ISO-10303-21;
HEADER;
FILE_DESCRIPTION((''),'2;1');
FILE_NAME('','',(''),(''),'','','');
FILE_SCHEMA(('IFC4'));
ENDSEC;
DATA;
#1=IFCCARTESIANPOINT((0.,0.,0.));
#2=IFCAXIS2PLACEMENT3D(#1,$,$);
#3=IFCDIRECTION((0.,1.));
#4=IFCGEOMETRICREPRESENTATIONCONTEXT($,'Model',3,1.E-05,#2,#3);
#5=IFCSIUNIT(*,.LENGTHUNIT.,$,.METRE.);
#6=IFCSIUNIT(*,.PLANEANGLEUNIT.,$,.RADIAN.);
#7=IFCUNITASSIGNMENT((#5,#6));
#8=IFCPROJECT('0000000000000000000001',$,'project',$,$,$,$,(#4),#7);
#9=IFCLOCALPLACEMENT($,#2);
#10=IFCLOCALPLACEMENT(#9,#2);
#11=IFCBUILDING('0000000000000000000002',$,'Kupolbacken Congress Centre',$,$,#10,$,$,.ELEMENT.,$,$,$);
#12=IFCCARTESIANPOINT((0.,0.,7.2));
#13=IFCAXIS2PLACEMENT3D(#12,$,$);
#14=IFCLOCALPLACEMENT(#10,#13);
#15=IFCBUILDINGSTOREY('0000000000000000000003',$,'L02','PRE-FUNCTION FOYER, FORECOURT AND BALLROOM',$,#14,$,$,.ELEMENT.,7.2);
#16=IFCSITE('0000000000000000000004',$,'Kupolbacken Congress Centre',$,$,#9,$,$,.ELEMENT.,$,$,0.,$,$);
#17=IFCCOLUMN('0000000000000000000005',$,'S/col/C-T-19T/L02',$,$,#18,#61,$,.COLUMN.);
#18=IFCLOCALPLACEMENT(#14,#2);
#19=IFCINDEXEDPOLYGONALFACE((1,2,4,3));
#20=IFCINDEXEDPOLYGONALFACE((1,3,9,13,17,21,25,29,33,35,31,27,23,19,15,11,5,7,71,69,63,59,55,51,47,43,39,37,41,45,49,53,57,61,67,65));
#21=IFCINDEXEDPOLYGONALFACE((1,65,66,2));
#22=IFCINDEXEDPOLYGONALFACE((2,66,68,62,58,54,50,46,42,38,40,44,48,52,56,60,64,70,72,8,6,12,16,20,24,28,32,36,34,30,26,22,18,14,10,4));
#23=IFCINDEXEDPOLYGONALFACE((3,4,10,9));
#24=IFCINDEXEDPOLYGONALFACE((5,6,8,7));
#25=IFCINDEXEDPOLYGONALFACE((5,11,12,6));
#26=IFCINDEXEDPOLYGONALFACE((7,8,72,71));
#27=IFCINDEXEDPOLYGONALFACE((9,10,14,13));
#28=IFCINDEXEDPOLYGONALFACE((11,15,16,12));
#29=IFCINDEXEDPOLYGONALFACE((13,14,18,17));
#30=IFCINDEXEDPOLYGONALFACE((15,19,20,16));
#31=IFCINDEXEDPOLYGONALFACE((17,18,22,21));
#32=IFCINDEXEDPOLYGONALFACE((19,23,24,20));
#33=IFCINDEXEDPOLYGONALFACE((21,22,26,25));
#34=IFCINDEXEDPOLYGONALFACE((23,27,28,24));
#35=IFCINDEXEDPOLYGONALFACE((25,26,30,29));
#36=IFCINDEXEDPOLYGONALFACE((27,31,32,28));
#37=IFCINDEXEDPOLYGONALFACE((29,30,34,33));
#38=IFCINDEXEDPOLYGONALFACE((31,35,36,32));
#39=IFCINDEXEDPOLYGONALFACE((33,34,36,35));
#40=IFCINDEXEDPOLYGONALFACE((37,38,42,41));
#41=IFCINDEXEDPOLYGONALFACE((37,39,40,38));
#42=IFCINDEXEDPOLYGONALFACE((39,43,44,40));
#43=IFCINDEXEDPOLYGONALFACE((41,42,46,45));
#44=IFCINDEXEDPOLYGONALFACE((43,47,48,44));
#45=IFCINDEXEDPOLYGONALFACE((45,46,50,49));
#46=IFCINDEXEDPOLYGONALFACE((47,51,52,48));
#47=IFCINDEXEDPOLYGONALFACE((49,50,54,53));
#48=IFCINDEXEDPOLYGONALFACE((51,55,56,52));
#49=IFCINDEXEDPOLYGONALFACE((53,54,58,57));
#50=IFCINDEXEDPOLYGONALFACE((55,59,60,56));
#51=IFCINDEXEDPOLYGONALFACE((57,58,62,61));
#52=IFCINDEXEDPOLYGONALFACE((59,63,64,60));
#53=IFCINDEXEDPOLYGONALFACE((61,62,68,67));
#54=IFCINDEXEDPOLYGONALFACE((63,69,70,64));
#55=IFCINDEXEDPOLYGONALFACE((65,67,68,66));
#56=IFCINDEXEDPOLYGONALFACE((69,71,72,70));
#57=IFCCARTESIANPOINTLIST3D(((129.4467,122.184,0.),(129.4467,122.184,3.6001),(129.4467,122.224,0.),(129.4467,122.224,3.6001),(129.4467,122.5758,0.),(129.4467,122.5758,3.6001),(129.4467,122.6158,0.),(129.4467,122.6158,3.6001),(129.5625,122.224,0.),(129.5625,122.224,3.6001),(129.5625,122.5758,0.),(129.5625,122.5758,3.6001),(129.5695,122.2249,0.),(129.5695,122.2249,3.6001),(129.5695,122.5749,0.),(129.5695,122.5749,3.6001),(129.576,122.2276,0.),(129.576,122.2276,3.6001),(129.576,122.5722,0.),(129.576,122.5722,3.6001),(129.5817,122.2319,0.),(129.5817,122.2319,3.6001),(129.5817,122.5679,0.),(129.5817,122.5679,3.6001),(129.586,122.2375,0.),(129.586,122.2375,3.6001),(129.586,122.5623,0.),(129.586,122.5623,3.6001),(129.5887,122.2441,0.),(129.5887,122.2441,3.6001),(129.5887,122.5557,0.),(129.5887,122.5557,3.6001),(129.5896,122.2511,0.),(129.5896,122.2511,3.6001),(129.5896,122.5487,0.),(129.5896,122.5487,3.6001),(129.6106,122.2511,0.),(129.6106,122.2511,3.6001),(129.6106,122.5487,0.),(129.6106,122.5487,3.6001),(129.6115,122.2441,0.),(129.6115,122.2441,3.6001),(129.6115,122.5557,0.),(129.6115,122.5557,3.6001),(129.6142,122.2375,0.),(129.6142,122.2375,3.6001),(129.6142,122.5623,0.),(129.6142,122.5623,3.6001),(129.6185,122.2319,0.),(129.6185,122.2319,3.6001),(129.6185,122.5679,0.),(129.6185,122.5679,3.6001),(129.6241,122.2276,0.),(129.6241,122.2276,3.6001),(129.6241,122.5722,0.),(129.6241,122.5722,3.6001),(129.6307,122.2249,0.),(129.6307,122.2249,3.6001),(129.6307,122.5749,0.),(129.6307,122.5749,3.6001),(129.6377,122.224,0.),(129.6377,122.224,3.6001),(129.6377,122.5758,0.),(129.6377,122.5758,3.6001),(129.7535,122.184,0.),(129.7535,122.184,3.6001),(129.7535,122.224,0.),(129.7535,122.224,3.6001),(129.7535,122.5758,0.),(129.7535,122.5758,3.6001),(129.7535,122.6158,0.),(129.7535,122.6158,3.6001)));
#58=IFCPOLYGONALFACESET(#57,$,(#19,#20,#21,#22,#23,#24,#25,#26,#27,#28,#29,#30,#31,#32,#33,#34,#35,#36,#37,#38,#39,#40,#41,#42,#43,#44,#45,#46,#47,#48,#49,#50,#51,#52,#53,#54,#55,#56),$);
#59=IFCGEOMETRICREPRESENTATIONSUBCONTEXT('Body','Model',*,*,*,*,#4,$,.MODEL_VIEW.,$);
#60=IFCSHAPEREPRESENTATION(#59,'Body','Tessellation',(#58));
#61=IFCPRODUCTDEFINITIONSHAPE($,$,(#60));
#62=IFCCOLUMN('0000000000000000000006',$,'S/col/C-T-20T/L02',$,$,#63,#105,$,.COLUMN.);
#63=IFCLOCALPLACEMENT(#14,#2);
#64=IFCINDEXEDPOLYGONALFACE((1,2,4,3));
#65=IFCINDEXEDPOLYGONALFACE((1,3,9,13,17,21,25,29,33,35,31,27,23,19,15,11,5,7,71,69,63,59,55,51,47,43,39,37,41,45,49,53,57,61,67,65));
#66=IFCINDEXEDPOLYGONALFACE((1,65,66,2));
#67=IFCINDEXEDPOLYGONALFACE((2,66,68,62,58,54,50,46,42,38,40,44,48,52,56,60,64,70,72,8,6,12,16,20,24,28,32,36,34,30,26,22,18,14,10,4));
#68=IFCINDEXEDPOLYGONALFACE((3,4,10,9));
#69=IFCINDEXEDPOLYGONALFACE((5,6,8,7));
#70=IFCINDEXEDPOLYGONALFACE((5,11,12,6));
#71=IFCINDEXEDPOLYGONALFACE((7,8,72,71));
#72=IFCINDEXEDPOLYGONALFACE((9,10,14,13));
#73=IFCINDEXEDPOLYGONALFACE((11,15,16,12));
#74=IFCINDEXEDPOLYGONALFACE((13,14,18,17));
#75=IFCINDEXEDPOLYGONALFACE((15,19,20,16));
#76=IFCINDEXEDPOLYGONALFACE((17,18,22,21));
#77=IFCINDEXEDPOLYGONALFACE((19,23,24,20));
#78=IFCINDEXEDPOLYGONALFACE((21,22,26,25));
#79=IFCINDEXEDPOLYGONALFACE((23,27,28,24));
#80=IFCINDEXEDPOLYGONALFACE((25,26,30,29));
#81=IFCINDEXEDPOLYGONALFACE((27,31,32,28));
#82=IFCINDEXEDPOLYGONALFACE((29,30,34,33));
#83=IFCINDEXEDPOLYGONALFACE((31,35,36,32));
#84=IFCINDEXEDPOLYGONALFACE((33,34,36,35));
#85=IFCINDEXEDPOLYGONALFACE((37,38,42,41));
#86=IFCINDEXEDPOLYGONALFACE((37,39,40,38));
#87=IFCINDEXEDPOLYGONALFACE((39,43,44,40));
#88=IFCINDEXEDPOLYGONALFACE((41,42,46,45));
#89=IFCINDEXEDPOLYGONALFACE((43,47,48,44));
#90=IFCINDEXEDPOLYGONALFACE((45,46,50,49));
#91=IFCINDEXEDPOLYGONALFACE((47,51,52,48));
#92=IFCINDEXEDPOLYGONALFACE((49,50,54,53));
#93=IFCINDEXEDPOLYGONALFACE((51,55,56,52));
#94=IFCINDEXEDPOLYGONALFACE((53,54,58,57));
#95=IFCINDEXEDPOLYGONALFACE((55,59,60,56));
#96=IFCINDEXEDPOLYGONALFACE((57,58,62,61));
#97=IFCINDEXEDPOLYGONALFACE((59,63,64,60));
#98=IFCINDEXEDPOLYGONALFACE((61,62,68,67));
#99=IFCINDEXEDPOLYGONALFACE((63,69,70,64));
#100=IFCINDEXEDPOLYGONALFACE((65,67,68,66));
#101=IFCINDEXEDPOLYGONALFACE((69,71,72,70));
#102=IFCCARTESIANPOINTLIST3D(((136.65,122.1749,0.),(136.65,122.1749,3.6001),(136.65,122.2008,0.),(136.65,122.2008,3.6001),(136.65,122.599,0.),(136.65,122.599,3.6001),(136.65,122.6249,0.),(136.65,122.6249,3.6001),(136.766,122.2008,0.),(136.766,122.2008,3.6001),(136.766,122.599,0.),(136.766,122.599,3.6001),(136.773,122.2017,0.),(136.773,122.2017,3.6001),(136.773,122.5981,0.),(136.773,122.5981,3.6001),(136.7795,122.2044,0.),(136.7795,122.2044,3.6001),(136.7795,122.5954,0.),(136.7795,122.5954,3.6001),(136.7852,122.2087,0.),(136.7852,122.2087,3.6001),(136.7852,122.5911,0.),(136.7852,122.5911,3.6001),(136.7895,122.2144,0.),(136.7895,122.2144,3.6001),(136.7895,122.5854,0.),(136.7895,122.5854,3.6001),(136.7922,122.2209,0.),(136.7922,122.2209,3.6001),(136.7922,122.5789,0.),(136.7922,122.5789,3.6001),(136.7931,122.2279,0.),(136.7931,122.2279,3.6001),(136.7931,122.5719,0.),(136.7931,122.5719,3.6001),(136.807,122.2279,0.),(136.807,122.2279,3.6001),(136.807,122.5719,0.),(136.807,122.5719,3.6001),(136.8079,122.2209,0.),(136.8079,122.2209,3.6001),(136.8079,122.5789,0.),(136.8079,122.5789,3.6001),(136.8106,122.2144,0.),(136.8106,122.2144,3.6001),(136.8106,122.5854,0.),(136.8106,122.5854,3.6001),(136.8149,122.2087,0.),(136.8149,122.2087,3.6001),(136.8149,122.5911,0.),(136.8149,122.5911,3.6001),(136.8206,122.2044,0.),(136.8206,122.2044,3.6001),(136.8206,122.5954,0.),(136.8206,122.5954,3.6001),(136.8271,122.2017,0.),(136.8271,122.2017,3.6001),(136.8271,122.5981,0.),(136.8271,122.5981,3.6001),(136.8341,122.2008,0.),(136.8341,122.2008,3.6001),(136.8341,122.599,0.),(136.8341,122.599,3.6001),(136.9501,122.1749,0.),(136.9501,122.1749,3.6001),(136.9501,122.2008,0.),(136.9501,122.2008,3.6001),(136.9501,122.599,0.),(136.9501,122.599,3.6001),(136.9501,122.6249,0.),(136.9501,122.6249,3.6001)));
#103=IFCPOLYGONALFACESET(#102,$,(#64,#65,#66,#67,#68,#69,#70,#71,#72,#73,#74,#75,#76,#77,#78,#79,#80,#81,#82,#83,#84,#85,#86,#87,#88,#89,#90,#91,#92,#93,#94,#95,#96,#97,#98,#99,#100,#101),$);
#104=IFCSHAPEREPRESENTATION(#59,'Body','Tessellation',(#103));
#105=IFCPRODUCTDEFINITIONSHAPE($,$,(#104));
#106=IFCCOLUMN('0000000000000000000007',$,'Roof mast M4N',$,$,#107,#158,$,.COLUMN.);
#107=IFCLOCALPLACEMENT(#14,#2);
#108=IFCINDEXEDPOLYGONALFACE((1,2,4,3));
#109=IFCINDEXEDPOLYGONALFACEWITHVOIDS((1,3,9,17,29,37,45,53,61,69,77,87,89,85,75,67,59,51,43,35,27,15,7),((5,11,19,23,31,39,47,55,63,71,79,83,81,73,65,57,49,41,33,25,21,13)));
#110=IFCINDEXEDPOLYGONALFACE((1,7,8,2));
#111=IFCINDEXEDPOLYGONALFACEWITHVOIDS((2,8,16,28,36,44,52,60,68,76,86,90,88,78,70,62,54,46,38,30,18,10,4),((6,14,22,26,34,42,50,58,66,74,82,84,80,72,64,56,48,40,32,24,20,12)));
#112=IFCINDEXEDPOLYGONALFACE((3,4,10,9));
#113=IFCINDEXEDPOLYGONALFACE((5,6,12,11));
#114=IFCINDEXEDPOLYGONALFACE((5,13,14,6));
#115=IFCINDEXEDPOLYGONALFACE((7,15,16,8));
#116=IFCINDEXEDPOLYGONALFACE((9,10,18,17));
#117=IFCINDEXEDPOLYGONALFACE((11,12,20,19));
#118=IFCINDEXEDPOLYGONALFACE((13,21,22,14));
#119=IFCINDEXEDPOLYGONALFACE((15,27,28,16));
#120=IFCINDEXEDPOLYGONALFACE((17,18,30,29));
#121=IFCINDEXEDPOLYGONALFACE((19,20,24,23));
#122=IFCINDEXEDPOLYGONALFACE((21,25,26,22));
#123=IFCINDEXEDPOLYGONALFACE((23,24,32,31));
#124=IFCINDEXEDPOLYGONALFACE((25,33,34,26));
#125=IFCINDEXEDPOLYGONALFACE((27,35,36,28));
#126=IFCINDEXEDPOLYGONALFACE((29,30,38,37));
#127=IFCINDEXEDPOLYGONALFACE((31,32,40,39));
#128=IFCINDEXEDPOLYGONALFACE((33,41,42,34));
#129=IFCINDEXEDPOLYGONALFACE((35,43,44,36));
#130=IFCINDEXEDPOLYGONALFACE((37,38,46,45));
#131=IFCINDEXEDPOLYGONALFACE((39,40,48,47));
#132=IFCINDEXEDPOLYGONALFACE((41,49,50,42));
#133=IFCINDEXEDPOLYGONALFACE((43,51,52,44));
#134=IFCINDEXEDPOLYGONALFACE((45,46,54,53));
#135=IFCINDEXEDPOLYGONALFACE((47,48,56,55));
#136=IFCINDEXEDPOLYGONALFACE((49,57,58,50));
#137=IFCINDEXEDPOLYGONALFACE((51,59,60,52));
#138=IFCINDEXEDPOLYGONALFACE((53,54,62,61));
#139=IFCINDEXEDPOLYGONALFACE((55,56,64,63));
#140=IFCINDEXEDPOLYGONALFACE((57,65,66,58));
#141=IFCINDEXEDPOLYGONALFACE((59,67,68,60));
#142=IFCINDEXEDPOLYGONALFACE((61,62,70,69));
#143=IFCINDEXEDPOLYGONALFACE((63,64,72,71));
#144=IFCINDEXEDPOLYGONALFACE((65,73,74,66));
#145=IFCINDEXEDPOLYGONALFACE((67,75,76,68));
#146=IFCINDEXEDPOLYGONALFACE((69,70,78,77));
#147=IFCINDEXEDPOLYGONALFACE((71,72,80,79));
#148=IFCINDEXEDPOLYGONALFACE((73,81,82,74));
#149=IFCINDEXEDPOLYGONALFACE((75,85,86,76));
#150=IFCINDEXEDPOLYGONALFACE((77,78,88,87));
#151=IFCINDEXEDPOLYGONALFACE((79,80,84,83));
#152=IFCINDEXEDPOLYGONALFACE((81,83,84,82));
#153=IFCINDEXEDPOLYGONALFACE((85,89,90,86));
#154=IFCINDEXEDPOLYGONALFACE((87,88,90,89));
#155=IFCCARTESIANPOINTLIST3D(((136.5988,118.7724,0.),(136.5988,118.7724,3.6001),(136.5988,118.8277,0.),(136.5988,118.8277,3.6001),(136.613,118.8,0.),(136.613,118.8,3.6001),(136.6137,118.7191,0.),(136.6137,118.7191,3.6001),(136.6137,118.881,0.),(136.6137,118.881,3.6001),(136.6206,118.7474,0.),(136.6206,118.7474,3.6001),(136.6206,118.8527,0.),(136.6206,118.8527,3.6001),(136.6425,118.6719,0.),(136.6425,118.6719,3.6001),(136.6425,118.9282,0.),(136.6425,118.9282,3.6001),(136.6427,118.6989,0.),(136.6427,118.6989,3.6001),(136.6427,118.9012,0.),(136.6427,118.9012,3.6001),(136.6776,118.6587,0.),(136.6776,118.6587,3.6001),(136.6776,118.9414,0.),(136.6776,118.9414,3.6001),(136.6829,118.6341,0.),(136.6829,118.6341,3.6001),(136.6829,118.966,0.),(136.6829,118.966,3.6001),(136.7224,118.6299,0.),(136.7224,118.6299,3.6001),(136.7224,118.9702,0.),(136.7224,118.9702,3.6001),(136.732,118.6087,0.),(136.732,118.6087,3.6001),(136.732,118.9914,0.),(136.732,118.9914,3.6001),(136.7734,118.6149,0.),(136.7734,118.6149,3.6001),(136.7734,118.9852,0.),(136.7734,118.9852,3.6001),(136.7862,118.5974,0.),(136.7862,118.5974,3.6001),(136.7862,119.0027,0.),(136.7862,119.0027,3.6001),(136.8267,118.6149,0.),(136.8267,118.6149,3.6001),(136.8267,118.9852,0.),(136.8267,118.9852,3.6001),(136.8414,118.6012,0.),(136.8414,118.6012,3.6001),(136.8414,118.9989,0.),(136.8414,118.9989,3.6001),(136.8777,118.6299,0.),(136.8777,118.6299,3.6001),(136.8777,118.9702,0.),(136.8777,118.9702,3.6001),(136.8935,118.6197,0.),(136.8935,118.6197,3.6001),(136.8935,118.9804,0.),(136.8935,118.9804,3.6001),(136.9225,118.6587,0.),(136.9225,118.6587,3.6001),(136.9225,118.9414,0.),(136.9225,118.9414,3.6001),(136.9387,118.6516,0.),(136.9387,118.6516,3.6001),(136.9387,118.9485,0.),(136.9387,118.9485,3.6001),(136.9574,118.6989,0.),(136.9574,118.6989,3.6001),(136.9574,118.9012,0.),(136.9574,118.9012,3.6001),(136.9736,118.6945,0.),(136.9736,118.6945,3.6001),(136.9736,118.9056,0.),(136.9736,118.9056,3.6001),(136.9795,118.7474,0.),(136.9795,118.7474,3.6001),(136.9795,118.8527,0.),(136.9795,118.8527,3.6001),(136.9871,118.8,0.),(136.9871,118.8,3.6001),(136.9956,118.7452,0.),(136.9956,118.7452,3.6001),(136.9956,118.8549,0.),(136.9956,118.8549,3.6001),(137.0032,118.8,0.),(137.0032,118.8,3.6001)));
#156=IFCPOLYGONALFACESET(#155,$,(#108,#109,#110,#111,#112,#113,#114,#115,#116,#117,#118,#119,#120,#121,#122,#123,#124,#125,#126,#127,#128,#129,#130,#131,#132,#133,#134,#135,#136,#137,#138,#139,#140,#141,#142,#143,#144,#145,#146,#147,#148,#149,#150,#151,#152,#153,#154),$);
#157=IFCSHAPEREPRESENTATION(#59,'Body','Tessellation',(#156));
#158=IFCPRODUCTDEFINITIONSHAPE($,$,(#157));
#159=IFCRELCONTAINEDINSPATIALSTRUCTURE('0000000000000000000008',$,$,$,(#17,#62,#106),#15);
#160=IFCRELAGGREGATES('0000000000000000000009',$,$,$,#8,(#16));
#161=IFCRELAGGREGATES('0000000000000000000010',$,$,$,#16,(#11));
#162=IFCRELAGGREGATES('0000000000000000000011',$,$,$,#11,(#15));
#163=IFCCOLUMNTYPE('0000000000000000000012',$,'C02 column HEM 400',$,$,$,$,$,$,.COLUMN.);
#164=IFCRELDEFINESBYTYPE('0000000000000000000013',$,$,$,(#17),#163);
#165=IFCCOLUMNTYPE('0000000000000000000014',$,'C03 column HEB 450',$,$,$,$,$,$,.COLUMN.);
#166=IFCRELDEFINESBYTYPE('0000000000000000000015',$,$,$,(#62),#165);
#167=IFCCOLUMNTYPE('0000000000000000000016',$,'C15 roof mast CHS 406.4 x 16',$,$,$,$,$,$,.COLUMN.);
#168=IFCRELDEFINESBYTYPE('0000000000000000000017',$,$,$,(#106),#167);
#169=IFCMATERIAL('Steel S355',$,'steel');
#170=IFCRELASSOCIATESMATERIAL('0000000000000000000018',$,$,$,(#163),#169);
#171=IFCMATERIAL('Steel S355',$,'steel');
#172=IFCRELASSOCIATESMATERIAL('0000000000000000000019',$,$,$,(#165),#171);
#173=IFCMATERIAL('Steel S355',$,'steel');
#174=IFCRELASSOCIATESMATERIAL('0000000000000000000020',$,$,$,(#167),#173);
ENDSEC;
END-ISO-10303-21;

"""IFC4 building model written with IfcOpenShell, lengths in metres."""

from ifc_helpers import new_model, si_unit, direction, frame, origin, origin_2d, place, context, subcontext, project, spatial, hollow_circle, i_section, extrude, material, material_profile, profile_set, type_object, element, save


model = new_model("IFC4")

# Units and contexts
model_context = context("Model", 3, precision=1e-05, world=origin(), true_north=direction((0.0, 1.0)))
body_context = subcontext(model_context, "Body", "Model", "MODEL_VIEW")
ifc_project = project(units=[si_unit("LENGTHUNIT", "METRE"), si_unit("PLANEANGLEUNIT", "RADIAN")], contexts=[model_context])

# Site, building, storey
site_placement = place(None, origin())
site = spatial("IfcSite", under=ifc_project, at=site_placement, Name="Kupolbacken Congress Centre", CompositionType="ELEMENT", RefElevation=0.0)
building_placement = place(site_placement, origin())
building = spatial("IfcBuilding", under=site, at=building_placement, Name="Kupolbacken Congress Centre", CompositionType="ELEMENT")
storey_placement = place(building_placement, frame((0.0, 0.0, 7.2)))
storey = spatial("IfcBuildingStorey", under=building, at=storey_placement, Name="L02", Description="PRE-FUNCTION FOYER, FORECOURT AND BALLROOM", CompositionType="ELEMENT", Elevation=7.2)

# Columns
ifc_material_1 = material(Name="Steel S355", Category="steel")
ifc_material_profile_1 = material_profile(ifc_material_1, i_section(OverallWidth=0.3069, OverallDepth=0.4319, WebThickness=0.021, FlangeThickness=0.04, FilletRadius=0.0271, at=origin_2d()), Name="HEM 400")
ifc_profile_set_1 = profile_set([ifc_material_profile_1], Name="Steel S355")
column_type_1 = type_object("IfcColumnType", Name="C02 column HEM 400", PredefinedType="COLUMN", material=ifc_profile_set_1)
column_1_placement = place(storey_placement, frame((129.6001, 122.3999, 0.0), z_axis=(0.0, 0.0, 1.0), x_axis=(1.0, 0.0, 0.0)))
element("IfcColumn", 1, at=column_1_placement, inside=storey, type_object=column_type_1, Name="S/col/C-T-19T/L02", PredefinedType="COLUMN", context=body_context, shape_type="SweptSolid", body=[
    extrude(i_section(OverallWidth=0.3069, OverallDepth=0.4319, WebThickness=0.021, FlangeThickness=0.04, FilletRadius=0.0271, at=origin_2d()), origin(), (0.0, 0.0, 1.0), 3.6001),
])
ifc_material_2 = material(Name="Steel S355", Category="steel")
ifc_material_profile_2 = material_profile(ifc_material_2, i_section(OverallWidth=0.3, OverallDepth=0.45, WebThickness=0.0139, FlangeThickness=0.0259, FilletRadius=0.0271, at=origin_2d()), Name="HEB 450")
ifc_profile_set_2 = profile_set([ifc_material_profile_2], Name="Steel S355")
column_type_2 = type_object("IfcColumnType", Name="C03 column HEB 450", PredefinedType="COLUMN", material=ifc_profile_set_2)
column_2_placement = place(storey_placement, frame((136.8, 122.3999, 0.0), z_axis=(0.0, 0.0, 1.0), x_axis=(1.0, 0.0, 0.0)))
element("IfcColumn", 2, at=column_2_placement, inside=storey, type_object=column_type_2, Name="S/col/C-T-20T/L02", PredefinedType="COLUMN", context=body_context, shape_type="SweptSolid", body=[
    extrude(i_section(OverallWidth=0.3, OverallDepth=0.45, WebThickness=0.0139, FlangeThickness=0.0259, FilletRadius=0.0271, at=origin_2d()), origin(), (0.0, 0.0, 1.0), 3.6001),
])
ifc_material_3 = material(Name="Steel S355", Category="steel")
ifc_material_profile_3 = material_profile(ifc_material_3, hollow_circle(Radius=0.2031, WallThickness=0.0161, at=origin_2d()), Name="CHS 406.4 x 16")
ifc_profile_set_3 = profile_set([ifc_material_profile_3], Name="Steel S355")
column_type_3 = type_object("IfcColumnType", Name="C15 roof mast CHS 406.4 x 16", PredefinedType="COLUMN", material=ifc_profile_set_3)
column_3_placement = place(storey_placement, frame((136.8, 118.8, 0.0), z_axis=(0.0, 0.0, 1.0), x_axis=(1.0, 0.0, 0.0)))
element("IfcColumn", 3, at=column_3_placement, inside=storey, type_object=column_type_3, Name="Roof mast M4N", PredefinedType="COLUMN", context=body_context, shape_type="SweptSolid", body=[
    extrude(hollow_circle(Radius=0.2031, WallThickness=0.0161, at=origin_2d()), origin(), (0.0, 0.0, 1.0), 3.6001),
])

save(model, "model.ifc")
